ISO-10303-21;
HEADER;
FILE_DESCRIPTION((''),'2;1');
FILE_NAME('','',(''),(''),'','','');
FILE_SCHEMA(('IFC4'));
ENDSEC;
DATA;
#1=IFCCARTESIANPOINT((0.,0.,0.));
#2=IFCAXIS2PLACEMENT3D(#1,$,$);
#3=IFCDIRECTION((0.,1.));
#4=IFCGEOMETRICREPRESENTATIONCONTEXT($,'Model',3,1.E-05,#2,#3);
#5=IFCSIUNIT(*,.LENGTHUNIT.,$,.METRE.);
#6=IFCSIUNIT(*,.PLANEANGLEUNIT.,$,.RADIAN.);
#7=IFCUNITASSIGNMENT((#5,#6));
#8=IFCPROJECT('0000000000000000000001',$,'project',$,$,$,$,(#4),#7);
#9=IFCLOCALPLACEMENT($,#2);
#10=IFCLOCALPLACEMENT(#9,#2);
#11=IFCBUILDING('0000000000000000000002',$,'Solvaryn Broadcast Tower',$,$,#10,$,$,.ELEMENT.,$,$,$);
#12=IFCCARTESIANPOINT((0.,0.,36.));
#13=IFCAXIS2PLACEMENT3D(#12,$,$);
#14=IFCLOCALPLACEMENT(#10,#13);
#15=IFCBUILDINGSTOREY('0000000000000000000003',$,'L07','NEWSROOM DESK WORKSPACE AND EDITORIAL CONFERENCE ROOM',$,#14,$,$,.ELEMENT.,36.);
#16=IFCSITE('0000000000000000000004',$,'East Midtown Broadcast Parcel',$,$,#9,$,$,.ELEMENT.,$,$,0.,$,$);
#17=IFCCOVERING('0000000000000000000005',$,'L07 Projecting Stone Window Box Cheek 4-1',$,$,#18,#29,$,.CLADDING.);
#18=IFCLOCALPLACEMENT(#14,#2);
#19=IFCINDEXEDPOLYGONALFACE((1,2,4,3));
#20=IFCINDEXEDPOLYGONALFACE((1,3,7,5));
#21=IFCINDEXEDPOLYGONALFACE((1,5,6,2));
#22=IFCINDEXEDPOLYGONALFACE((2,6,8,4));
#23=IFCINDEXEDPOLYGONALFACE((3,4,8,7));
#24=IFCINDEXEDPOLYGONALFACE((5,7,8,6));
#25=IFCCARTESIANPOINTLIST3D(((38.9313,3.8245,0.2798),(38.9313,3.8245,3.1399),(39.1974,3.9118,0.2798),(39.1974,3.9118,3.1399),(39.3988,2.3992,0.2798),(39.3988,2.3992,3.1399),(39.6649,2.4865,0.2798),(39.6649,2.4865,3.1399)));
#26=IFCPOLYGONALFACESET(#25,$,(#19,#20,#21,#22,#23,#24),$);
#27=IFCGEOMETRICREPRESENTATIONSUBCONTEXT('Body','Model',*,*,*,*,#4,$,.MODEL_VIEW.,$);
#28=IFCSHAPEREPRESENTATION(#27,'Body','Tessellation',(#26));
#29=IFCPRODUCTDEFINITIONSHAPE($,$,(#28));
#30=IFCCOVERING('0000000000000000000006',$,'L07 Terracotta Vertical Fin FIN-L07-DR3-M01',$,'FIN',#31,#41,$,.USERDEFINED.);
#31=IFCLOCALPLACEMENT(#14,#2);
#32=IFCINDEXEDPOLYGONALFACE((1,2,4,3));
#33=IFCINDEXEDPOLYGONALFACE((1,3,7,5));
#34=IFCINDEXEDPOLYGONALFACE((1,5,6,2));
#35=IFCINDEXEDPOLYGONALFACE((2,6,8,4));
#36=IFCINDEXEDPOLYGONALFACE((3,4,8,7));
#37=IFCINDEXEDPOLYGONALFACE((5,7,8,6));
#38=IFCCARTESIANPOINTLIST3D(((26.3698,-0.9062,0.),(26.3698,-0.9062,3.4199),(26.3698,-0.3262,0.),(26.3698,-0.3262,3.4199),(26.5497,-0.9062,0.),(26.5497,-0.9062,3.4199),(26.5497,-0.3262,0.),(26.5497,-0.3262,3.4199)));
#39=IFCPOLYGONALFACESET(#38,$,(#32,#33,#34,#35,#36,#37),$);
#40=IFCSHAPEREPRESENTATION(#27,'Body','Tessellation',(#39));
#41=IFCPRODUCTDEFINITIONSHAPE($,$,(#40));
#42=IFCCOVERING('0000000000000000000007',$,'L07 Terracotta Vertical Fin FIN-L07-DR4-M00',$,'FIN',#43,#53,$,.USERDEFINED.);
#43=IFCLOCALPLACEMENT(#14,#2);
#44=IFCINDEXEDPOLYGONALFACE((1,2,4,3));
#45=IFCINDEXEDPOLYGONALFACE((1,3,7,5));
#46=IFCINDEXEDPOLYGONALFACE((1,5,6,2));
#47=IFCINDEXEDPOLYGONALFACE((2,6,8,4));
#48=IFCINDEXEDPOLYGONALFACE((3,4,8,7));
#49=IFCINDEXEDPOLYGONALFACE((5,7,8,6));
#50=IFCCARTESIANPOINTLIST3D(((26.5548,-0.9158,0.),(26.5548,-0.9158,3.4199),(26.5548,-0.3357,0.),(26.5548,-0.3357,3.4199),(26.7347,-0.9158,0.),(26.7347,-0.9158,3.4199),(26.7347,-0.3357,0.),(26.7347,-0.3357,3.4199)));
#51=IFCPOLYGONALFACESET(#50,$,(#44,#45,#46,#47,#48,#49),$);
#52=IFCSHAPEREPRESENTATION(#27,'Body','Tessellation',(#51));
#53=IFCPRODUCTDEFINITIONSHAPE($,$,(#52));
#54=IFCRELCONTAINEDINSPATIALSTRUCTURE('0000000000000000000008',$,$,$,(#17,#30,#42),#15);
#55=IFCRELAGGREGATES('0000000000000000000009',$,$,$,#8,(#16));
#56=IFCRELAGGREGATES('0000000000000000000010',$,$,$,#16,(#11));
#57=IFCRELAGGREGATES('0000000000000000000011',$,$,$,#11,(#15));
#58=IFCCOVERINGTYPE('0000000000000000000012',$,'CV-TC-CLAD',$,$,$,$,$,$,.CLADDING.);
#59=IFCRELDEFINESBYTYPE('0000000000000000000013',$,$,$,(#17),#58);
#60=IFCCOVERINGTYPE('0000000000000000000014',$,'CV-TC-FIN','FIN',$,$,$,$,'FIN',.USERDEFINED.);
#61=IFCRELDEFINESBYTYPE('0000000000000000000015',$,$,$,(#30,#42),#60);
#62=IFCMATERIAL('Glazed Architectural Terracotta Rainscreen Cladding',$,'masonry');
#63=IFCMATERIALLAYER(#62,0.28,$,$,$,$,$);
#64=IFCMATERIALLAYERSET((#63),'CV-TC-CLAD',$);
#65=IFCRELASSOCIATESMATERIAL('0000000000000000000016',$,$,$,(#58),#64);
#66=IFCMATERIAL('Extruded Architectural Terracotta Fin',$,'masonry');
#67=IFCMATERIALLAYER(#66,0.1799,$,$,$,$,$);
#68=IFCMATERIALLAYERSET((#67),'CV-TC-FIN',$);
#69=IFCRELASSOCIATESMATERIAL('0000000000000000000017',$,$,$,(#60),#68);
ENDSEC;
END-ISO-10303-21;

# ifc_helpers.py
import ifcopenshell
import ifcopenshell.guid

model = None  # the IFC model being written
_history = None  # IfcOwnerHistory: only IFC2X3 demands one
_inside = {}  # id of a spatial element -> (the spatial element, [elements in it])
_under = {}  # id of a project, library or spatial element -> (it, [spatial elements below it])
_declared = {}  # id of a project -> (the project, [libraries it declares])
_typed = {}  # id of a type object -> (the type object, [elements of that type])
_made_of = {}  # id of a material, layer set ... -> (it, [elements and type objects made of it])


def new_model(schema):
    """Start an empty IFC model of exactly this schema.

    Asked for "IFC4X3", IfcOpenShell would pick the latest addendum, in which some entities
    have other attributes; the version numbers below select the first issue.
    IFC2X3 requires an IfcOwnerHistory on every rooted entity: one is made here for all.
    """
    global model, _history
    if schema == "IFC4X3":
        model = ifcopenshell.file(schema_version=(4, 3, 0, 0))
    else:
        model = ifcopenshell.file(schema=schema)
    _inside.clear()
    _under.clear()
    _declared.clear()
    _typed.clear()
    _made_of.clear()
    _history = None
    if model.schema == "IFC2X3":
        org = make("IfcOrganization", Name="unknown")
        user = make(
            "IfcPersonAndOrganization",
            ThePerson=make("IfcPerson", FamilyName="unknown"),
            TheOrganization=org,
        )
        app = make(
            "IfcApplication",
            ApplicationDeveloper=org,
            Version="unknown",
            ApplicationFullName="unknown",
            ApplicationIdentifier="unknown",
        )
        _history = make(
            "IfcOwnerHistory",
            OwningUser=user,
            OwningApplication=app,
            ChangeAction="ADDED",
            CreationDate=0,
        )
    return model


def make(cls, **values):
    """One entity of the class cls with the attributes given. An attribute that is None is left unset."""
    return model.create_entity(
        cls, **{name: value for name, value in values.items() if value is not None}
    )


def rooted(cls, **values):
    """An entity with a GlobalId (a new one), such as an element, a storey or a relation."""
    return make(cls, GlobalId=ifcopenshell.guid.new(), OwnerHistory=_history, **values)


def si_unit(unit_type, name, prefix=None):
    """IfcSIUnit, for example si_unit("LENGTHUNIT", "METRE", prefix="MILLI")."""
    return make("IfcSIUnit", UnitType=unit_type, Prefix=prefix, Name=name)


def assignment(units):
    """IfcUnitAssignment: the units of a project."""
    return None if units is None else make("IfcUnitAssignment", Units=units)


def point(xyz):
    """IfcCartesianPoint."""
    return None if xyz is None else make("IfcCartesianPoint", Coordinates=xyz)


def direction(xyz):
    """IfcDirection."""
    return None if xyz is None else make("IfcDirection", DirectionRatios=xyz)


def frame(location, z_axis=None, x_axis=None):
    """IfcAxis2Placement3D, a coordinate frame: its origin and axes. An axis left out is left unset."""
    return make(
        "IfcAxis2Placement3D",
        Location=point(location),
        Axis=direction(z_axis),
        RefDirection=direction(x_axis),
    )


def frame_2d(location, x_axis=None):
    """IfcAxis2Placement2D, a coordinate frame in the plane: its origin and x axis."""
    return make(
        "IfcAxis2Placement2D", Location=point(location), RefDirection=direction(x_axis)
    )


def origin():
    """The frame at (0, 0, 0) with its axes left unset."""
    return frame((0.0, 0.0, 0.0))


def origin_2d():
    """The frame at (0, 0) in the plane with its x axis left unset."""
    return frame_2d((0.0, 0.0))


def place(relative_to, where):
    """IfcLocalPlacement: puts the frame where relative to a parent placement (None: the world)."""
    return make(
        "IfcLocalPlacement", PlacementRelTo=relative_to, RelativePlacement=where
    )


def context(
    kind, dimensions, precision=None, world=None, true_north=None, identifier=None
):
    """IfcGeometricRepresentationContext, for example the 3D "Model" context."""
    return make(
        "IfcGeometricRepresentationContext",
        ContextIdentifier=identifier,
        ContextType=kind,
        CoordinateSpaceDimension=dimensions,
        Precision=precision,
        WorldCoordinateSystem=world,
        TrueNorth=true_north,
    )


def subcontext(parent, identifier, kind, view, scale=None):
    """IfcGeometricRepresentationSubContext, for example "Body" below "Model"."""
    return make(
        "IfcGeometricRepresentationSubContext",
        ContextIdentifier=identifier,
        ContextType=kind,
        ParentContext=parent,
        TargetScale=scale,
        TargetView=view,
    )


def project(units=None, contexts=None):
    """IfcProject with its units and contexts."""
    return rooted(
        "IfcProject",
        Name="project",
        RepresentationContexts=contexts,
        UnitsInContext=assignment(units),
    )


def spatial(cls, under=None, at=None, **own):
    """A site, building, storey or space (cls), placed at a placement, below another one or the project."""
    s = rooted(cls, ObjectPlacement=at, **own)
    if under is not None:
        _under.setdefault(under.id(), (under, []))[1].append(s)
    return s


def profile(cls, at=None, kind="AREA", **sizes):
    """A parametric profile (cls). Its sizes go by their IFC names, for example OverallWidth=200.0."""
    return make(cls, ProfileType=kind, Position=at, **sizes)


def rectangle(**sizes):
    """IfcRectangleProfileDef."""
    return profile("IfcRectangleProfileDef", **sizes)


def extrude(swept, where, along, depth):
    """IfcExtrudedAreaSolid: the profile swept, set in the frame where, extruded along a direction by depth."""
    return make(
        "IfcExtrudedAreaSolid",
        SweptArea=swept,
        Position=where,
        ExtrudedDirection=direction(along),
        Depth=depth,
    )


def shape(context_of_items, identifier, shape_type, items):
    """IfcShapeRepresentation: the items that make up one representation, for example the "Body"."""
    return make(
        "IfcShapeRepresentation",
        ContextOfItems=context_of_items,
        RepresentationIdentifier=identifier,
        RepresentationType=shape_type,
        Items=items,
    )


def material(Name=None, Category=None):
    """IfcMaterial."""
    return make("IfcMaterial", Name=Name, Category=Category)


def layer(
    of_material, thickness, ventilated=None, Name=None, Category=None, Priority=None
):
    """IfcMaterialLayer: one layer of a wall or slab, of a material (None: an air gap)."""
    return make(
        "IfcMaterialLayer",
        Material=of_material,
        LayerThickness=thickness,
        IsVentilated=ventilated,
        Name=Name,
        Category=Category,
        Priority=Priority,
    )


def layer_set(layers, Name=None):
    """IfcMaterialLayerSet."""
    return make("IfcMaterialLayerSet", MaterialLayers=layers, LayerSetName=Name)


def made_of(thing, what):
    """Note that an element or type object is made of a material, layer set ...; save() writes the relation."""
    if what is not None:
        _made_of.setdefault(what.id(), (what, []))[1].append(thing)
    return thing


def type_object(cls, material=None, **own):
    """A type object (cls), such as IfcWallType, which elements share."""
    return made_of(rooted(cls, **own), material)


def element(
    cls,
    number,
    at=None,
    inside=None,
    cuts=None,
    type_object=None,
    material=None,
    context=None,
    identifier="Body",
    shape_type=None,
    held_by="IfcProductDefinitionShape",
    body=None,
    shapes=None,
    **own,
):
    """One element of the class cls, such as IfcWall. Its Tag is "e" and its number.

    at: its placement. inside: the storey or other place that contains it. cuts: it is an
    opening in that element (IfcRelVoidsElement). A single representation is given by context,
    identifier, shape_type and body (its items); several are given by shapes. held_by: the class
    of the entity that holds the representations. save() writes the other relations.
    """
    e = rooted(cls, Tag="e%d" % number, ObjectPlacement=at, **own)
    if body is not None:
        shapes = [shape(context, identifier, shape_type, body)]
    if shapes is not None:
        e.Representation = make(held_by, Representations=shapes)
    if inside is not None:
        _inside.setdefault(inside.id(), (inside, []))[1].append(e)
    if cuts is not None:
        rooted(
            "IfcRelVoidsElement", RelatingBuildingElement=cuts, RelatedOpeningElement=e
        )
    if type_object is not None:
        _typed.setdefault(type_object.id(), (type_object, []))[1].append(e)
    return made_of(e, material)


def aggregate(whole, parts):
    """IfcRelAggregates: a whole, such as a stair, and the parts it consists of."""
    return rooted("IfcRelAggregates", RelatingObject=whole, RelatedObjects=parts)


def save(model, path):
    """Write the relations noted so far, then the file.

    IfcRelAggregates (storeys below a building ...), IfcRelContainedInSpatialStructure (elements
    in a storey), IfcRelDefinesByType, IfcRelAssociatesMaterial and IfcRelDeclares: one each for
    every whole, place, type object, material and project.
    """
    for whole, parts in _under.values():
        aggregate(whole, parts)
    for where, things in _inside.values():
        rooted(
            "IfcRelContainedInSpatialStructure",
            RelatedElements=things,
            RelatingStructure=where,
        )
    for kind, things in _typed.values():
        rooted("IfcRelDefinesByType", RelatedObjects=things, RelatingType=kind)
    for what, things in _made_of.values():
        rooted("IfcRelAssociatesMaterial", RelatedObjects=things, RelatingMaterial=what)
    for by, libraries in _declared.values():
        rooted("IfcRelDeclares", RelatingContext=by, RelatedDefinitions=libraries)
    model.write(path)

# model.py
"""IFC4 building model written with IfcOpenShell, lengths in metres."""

from ifc_helpers import new_model, si_unit, direction, frame, origin, origin_2d, place, context, subcontext, project, spatial, rectangle, extrude, material, layer, layer_set, type_object, element, save


model = new_model("IFC4")

# Units and contexts
model_context = context("Model", 3, precision=1e-05, world=origin(), true_north=direction((0.0, 1.0)))
body_context = subcontext(model_context, "Body", "Model", "MODEL_VIEW")
ifc_project = project(units=[si_unit("LENGTHUNIT", "METRE"), si_unit("PLANEANGLEUNIT", "RADIAN")], contexts=[model_context])

# Site, building, storey
site_placement = place(None, origin())
site = spatial("IfcSite", under=ifc_project, at=site_placement, Name="East Midtown Broadcast Parcel", CompositionType="ELEMENT", RefElevation=0.0)
building_placement = place(site_placement, origin())
building = spatial("IfcBuilding", under=site, at=building_placement, Name="Solvaryn Broadcast Tower", CompositionType="ELEMENT")
storey_placement = place(building_placement, frame((0.0, 0.0, 36.0)))
storey = spatial("IfcBuildingStorey", under=building, at=storey_placement, Name="L07", Description="NEWSROOM DESK WORKSPACE AND EDITORIAL CONFERENCE ROOM", CompositionType="ELEMENT", Elevation=36.0)

# Coverings
ifc_material_1 = material(Name="Glazed Architectural Terracotta Rainscreen Cladding", Category="masonry")
ifc_layer_1 = layer(ifc_material_1, 0.28)
ifc_layer_set_1 = layer_set([ifc_layer_1], Name="CV-TC-CLAD")
covering_type_1 = type_object("IfcCoveringType", Name="CV-TC-CLAD", PredefinedType="CLADDING", material=ifc_layer_set_1)
covering_placement = place(storey_placement, frame((39.2981, 3.1555, 0.2798), z_axis=(0.0, 0.0, 1.0), x_axis=(0.95019, 0.311672, 0.0)))
element("IfcCovering", 1, at=covering_placement, inside=storey, type_object=covering_type_1, Name="L07 Projecting Stone Window Box Cheek 4-1", PredefinedType="CLADDING", context=body_context, shape_type="SweptSolid", body=[
    extrude(rectangle(XDim=0.28, YDim=1.5, at=origin_2d()), origin(), (0.0, 0.0, 1.0), 2.8601),
])
ifc_material_2 = material(Name="Extruded Architectural Terracotta Fin", Category="masonry")
ifc_layer_2 = layer(ifc_material_2, 0.1799)
ifc_layer_set_2 = layer_set([ifc_layer_2], Name="CV-TC-FIN")
covering_type_2 = type_object("IfcCoveringType", Name="CV-TC-FIN", Description="FIN", ElementType="FIN", PredefinedType="USERDEFINED", material=ifc_layer_set_2)
for number, where, z_axis, x_axis, name in (
    (2, (26.4597, -0.6162, 0.0), (0.0, 0.0, 1.0), (1.0, 0.0, 0.0), "L07 Terracotta Vertical Fin FIN-L07-DR3-M01"),
    (3, (26.6448, -0.6257, 0.0), (0.0, 0.0, 1.0), (1.0, 0.0, 0.0), "L07 Terracotta Vertical Fin FIN-L07-DR4-M00"),
):
    element("IfcCovering", number, at=place(storey_placement, frame(where, z_axis=z_axis, x_axis=x_axis)), inside=storey, type_object=covering_type_2, Name=name, ObjectType="FIN", PredefinedType="USERDEFINED", context=body_context, shape_type="SweptSolid", body=[
        extrude(rectangle(XDim=0.1799, YDim=0.5801, at=origin_2d()), origin(), (0.0, 0.0, 1.0), 3.4199),
    ])

save(model, "model.ifc")
